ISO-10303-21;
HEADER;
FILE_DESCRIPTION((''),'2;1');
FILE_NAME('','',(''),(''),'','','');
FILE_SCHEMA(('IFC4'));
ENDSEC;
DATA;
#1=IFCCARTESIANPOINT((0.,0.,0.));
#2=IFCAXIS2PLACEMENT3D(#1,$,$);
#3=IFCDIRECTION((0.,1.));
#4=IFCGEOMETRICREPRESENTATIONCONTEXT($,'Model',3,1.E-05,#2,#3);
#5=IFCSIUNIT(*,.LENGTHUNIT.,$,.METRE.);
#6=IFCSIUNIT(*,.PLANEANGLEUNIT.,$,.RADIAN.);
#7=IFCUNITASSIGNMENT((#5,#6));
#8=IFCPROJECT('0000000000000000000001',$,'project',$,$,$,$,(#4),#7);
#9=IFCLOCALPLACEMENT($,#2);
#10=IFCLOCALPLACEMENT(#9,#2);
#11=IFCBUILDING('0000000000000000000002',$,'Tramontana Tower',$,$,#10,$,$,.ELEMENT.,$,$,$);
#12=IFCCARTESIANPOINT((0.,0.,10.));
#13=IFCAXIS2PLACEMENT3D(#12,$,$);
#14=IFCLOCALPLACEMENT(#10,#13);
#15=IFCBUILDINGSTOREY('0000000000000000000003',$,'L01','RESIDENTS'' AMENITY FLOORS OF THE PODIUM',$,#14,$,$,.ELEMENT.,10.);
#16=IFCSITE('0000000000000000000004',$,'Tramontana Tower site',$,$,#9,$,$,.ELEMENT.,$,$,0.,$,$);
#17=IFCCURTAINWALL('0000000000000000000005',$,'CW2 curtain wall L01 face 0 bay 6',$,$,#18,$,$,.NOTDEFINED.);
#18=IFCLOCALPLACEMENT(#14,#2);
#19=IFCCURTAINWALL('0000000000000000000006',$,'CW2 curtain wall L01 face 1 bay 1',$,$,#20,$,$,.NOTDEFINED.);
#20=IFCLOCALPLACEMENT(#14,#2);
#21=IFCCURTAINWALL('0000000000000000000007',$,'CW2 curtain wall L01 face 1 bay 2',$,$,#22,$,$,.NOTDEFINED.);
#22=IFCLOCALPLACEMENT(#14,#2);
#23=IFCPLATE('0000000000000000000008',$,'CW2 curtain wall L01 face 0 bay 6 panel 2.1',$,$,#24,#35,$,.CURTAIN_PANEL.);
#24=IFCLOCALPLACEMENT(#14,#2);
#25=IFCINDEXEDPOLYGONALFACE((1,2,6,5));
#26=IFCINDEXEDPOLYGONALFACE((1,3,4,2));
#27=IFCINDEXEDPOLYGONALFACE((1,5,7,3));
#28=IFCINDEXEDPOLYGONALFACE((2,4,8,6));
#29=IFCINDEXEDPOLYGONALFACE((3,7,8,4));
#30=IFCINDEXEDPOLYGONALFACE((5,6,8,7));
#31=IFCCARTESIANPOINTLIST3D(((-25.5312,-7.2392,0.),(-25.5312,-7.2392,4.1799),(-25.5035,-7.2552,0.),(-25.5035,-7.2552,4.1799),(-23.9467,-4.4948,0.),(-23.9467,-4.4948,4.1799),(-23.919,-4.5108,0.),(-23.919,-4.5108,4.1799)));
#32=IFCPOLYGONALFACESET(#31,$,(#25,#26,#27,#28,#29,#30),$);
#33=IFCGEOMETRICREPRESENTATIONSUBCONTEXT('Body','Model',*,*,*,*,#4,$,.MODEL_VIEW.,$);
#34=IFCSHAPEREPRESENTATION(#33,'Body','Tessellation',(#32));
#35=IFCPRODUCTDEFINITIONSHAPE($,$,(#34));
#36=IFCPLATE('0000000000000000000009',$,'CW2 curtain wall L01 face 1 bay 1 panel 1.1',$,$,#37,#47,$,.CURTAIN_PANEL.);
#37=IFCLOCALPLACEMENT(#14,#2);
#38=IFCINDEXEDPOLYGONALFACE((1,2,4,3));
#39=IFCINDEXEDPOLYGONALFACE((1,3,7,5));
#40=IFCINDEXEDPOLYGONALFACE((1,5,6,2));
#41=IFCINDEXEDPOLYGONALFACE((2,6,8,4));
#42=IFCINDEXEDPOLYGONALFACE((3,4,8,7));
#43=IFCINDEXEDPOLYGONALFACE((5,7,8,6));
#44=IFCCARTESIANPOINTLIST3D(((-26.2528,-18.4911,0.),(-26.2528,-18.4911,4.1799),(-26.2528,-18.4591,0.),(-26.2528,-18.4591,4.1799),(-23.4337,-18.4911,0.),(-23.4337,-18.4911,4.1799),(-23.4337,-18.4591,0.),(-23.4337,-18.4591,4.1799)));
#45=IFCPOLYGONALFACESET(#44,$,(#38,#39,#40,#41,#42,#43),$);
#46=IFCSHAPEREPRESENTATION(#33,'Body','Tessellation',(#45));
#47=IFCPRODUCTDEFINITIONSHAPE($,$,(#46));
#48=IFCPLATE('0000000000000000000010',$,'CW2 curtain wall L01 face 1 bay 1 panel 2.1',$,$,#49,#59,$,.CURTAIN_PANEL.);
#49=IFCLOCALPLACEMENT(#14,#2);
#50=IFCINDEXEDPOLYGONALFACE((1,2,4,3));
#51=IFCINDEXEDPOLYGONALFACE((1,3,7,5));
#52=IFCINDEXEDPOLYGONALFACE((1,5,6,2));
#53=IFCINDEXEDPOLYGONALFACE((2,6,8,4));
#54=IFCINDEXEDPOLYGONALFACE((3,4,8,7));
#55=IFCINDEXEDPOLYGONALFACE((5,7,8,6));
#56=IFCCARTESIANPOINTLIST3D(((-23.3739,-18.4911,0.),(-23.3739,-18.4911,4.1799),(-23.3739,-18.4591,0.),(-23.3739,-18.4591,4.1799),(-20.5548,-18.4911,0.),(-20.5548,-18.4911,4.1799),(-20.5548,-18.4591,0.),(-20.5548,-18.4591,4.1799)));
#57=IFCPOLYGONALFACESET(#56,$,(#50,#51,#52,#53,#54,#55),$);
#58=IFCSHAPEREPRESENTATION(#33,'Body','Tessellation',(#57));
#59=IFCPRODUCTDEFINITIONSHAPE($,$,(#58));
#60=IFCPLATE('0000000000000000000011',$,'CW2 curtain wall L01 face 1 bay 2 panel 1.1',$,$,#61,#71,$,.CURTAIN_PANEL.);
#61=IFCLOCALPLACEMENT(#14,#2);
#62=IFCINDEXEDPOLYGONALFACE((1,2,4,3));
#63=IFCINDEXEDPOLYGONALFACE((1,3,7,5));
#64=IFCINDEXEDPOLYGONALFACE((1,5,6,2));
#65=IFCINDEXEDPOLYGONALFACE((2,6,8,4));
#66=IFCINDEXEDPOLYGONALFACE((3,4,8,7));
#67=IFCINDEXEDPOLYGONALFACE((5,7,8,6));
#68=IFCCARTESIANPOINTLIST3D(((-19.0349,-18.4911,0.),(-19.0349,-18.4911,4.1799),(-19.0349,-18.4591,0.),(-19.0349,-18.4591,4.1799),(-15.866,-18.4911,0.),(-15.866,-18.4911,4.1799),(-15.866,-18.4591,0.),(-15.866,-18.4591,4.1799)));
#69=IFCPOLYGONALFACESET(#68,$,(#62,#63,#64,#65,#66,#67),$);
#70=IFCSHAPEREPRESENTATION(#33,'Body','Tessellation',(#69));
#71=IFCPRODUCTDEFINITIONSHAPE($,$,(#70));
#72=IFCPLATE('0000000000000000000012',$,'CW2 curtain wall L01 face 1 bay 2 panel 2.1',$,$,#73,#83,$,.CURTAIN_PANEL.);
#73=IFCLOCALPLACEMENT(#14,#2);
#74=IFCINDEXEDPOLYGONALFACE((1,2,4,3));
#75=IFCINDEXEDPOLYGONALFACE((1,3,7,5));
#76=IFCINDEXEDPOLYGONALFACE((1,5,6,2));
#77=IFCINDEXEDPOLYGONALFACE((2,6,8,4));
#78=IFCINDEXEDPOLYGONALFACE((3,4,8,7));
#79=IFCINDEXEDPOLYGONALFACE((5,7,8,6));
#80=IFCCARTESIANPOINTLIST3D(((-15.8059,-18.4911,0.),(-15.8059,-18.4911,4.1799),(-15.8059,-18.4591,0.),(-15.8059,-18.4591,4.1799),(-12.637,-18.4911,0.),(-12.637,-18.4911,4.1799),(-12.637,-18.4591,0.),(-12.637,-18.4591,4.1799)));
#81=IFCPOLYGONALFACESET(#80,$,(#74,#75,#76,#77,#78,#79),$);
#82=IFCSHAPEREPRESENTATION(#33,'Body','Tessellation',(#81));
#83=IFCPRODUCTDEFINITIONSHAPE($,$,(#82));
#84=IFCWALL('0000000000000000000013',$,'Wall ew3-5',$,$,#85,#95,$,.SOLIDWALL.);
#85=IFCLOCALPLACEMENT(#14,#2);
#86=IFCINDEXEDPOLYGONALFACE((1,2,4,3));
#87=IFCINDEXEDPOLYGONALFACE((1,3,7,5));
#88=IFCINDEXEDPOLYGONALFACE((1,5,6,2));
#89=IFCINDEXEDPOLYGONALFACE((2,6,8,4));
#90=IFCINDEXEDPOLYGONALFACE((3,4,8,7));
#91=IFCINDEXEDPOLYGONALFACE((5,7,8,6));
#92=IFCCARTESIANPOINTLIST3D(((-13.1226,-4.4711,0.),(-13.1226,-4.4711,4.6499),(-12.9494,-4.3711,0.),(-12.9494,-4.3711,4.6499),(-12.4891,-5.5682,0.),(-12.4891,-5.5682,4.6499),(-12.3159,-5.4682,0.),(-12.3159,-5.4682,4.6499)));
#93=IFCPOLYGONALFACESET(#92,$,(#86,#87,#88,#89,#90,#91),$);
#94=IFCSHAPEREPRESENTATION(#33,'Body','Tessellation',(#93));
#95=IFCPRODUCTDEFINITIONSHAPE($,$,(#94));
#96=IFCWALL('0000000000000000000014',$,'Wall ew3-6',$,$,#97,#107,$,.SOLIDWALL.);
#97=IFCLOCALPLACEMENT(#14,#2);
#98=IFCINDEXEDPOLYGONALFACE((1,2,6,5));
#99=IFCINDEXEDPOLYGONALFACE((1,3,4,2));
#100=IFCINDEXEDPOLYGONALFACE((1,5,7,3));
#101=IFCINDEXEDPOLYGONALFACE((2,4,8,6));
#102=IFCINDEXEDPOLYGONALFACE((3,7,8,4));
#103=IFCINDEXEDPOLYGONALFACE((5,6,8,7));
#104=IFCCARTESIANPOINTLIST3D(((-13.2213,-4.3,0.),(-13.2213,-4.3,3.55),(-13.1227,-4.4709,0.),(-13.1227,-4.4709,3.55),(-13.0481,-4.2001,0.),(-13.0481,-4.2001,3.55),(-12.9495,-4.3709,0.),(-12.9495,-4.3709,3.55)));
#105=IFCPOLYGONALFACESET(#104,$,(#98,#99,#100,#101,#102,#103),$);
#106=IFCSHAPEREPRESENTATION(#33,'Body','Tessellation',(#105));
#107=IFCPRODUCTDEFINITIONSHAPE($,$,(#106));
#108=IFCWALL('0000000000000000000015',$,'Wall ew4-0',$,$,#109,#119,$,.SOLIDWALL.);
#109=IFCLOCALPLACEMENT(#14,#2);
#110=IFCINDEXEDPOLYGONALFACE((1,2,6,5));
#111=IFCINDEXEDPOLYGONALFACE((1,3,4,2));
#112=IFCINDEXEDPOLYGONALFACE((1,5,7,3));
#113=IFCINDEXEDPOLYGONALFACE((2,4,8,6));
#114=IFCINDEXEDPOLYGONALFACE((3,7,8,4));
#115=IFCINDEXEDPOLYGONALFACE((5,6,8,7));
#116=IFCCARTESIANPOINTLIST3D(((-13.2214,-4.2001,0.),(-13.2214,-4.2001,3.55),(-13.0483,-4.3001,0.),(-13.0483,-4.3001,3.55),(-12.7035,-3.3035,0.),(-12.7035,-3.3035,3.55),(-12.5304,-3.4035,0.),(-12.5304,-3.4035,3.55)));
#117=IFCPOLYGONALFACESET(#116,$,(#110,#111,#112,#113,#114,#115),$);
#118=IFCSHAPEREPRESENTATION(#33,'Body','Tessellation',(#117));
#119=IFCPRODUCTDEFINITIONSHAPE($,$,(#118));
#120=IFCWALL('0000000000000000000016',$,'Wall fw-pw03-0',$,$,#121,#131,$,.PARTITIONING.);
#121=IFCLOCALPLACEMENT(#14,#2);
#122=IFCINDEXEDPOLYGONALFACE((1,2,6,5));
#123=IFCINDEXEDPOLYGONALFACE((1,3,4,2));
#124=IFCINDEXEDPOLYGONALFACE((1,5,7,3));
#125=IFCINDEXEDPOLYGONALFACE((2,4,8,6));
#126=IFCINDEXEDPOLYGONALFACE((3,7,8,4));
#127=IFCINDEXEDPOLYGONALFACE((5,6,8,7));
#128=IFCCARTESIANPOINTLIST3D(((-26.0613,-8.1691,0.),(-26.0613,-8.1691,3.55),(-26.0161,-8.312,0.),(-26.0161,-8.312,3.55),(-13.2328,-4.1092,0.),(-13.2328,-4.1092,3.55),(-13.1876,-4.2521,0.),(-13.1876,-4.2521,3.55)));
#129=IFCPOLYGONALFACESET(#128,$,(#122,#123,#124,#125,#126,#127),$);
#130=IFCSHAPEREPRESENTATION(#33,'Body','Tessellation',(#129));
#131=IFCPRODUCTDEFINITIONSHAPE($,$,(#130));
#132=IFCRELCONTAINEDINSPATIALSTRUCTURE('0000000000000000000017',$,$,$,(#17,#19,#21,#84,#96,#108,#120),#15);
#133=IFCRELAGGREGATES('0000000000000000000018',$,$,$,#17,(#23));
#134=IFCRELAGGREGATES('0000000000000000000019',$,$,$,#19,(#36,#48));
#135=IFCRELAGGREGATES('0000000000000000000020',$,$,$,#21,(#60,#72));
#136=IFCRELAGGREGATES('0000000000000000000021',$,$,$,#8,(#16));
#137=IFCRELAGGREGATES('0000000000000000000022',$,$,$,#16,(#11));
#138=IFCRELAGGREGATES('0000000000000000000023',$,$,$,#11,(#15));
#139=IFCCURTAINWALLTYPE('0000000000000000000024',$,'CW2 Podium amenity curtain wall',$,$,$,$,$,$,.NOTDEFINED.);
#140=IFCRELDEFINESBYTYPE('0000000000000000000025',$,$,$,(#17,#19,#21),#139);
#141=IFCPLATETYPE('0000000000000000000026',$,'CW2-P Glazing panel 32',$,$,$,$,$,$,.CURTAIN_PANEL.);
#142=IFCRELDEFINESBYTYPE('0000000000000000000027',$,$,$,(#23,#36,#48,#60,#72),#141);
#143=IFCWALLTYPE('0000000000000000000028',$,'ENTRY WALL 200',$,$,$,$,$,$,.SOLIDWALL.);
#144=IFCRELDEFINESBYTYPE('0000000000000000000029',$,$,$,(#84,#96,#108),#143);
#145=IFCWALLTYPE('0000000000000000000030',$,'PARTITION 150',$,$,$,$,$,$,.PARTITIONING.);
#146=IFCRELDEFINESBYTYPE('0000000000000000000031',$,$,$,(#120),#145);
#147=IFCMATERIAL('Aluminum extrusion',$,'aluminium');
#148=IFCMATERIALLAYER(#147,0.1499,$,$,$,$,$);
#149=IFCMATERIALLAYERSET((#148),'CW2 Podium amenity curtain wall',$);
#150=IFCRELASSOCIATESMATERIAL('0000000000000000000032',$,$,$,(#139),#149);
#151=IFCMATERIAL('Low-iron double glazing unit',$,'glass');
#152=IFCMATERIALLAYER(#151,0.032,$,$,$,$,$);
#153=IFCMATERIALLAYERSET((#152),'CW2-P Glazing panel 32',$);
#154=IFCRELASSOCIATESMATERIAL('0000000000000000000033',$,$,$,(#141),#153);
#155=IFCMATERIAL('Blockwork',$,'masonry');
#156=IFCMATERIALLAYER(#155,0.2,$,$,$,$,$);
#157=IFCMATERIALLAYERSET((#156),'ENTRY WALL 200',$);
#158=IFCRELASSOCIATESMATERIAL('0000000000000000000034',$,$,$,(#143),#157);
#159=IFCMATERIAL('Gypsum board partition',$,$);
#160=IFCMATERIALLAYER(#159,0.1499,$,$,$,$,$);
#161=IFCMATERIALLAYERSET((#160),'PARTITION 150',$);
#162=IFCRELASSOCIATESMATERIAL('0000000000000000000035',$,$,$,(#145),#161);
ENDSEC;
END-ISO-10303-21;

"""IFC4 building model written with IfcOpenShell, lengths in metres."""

from ifc_helpers import new_model, si_unit, direction, frame, frame_2d, origin, origin_2d, place, context, subcontext, project, spatial, rectangle, extrude, material, layer, layer_set, type_object, element, aggregate, save


model = new_model("IFC4")

# Units and contexts
model_context = context("Model", 3, precision=1e-05, world=origin(), true_north=direction((0.0, 1.0)))
body_context = subcontext(model_context, "Body", "Model", "MODEL_VIEW")
ifc_project = project(units=[si_unit("LENGTHUNIT", "METRE"), si_unit("PLANEANGLEUNIT", "RADIAN")], contexts=[model_context])

# Site, building, storey
site_placement = place(None, origin())
site = spatial("IfcSite", under=ifc_project, at=site_placement, Name="Tramontana Tower site", CompositionType="ELEMENT", RefElevation=0.0)
building_placement = place(site_placement, origin())
building = spatial("IfcBuilding", under=site, at=building_placement, Name="Tramontana Tower", CompositionType="ELEMENT")
storey_placement = place(building_placement, frame((0.0, 0.0, 10.0)))
storey = spatial("IfcBuildingStorey", under=building, at=storey_placement, Name="L01", Description="RESIDENTS' AMENITY FLOORS OF THE PODIUM", CompositionType="ELEMENT", Elevation=10.0)

# Curtain wall
ifc_material_1 = material(Name="Aluminum extrusion", Category="aluminium")
ifc_layer_1 = layer(ifc_material_1, 0.1499)
ifc_layer_set_1 = layer_set([ifc_layer_1], Name="CW2 Podium amenity curtain wall")
curtain_wall_type = type_object("IfcCurtainWallType", Name="CW2 Podium amenity curtain wall", PredefinedType="NOTDEFINED", material=ifc_layer_set_1)
curtain_wall_1_placement = place(storey_placement, origin())
curtain_wall_1 = element("IfcCurtainWall", 1, at=curtain_wall_1_placement, inside=storey, type_object=curtain_wall_type, Name="CW2 curtain wall L01 face 0 bay 6", PredefinedType="NOTDEFINED")

# Curtain walls
curtain_wall_2_placement = place(storey_placement, origin())
curtain_wall_2 = element("IfcCurtainWall", 2, at=curtain_wall_2_placement, inside=storey, type_object=curtain_wall_type, Name="CW2 curtain wall L01 face 1 bay 1", PredefinedType="NOTDEFINED")
curtain_wall_3_placement = place(storey_placement, origin())
curtain_wall_3 = element("IfcCurtainWall", 3, at=curtain_wall_3_placement, inside=storey, type_object=curtain_wall_type, Name="CW2 curtain wall L01 face 1 bay 2", PredefinedType="NOTDEFINED")

# Plates
ifc_material_2 = material(Name="Low-iron double glazing unit", Category="glass")
ifc_layer_2 = layer(ifc_material_2, 0.032)
ifc_layer_set_2 = layer_set([ifc_layer_2], Name="CW2-P Glazing panel 32")
plate_type = type_object("IfcPlateType", Name="CW2-P Glazing panel 32", PredefinedType="CURTAIN_PANEL", material=ifc_layer_set_2)
plate_1_placement = place(storey_placement, frame((-24.7251, -5.875, 0.0), z_axis=(0.0, 0.0, 1.0), x_axis=(-0.5, -0.866025, 0.0)))
plate_1 = element("IfcPlate", 4, at=plate_1_placement, type_object=plate_type, Name="CW2 curtain wall L01 face 0 bay 6 panel 2.1", PredefinedType="CURTAIN_PANEL", context=body_context, shape_type="SweptSolid", body=[
    extrude(rectangle(XDim=3.1689, YDim=0.032, at=origin_2d()), origin(), (0.0, 0.0, 1.0), 4.1799),
])
aggregate(curtain_wall_1, [plate_1])
plate_2_placement = place(storey_placement, frame((-24.8433, -18.4751, 0.0), z_axis=(0.0, 0.0, 1.0), x_axis=(1.0, 0.0, 0.0)))
plate_2 = element("IfcPlate", 5, at=plate_2_placement, type_object=plate_type, Name="CW2 curtain wall L01 face 1 bay 1 panel 1.1", PredefinedType="CURTAIN_PANEL", context=body_context, shape_type="SweptSolid", body=[
    extrude(rectangle(XDim=2.8191, YDim=0.032, at=origin_2d()), origin(), (0.0, 0.0, 1.0), 4.1799),
])
plate_3_placement = place(storey_placement, frame((-21.9644, -18.4751, 0.0), z_axis=(0.0, 0.0, 1.0), x_axis=(1.0, 0.0, 0.0)))
plate_3 = element("IfcPlate", 6, at=plate_3_placement, type_object=plate_type, Name="CW2 curtain wall L01 face 1 bay 1 panel 2.1", PredefinedType="CURTAIN_PANEL", context=body_context, shape_type="SweptSolid", body=[
    extrude(rectangle(XDim=2.8191, YDim=0.032, at=origin_2d()), origin(), (0.0, 0.0, 1.0), 4.1799),
])
aggregate(curtain_wall_2, [plate_2, plate_3])
plate_4_placement = place(storey_placement, frame((-17.4504, -18.4751, 0.0), z_axis=(0.0, 0.0, 1.0), x_axis=(1.0, 0.0, 0.0)))
plate_4 = element("IfcPlate", 7, at=plate_4_placement, type_object=plate_type, Name="CW2 curtain wall L01 face 1 bay 2 panel 1.1", PredefinedType="CURTAIN_PANEL", context=body_context, shape_type="SweptSolid", body=[
    extrude(rectangle(XDim=3.1689, YDim=0.032, at=origin_2d()), origin(), (0.0, 0.0, 1.0), 4.1799),
])
plate_5_placement = place(storey_placement, frame((-14.2214, -18.4751, 0.0), z_axis=(0.0, 0.0, 1.0), x_axis=(1.0, 0.0, 0.0)))
plate_5 = element("IfcPlate", 8, at=plate_5_placement, type_object=plate_type, Name="CW2 curtain wall L01 face 1 bay 2 panel 2.1", PredefinedType="CURTAIN_PANEL", context=body_context, shape_type="SweptSolid", body=[
    extrude(rectangle(XDim=3.1689, YDim=0.032, at=origin_2d()), origin(), (0.0, 0.0, 1.0), 4.1799),
])
aggregate(curtain_wall_3, [plate_4, plate_5])

# Walls
ifc_material_3 = material(Name="Blockwork", Category="masonry")
ifc_layer_3 = layer(ifc_material_3, 0.2)
ifc_layer_set_3 = layer_set([ifc_layer_3], Name="ENTRY WALL 200")
wall_type_1 = type_object("IfcWallType", Name="ENTRY WALL 200", PredefinedType="SOLIDWALL", material=ifc_layer_set_3)
wall_1_placement = place(storey_placement, frame((-12.4026, -5.5181, 0.0), z_axis=(0.0, 0.0, 1.0), x_axis=(-0.500056, 0.865993, 0.0)))
element("IfcWall", 9, at=wall_1_placement, inside=storey, type_object=wall_type_1, Name="Wall ew3-5", PredefinedType="SOLIDWALL", context=body_context, shape_type="SweptSolid", body=[
    extrude(rectangle(XDim=1.2668, YDim=0.2, at=frame_2d((0.6333, 0.0))), origin(), (0.0, 0.0, 1.0), 4.6499),
])
wall_2_placement = place(storey_placement, frame((-13.0361, -4.4209, 0.0), z_axis=(0.0, 0.0, 1.0), x_axis=(-0.499865, 0.866103, 0.0)))
element("IfcWall", 10, at=wall_2_placement, inside=storey, type_object=wall_type_1, Name="Wall ew3-6", PredefinedType="SOLIDWALL", context=body_context, shape_type="SweptSolid", body=[
    extrude(rectangle(XDim=0.1973, YDim=0.2, at=frame_2d((0.0986, 0.0))), origin(), (0.0, 0.0, 1.0), 3.55),
])
wall_3_placement = place(storey_placement, frame((-13.1348, -4.25, 0.0), z_axis=(0.0, 0.0, 1.0), x_axis=(0.500172, 0.865926, 0.0)))
element("IfcWall", 11, at=wall_3_placement, inside=storey, type_object=wall_type_1, Name="Wall ew4-0", PredefinedType="SOLIDWALL", context=body_context, shape_type="SweptSolid", body=[
    extrude(rectangle(XDim=1.0354, YDim=0.2, at=frame_2d((0.5176, 0.0))), origin(), (0.0, 0.0, 1.0), 3.55),
])

# Wall
ifc_material_4 = material(Name="Gypsum board partition")
ifc_layer_4 = layer(ifc_material_4, 0.1499)
ifc_layer_set_4 = layer_set([ifc_layer_4], Name="PARTITION 150")
wall_type_2 = type_object("IfcWallType", Name="PARTITION 150", PredefinedType="PARTITIONING", material=ifc_layer_set_4)
wall_4_placement = place(storey_placement, frame((-13.2102, -4.1807, 0.0), z_axis=(0.0, 0.0, 1.0), x_axis=(-0.953396, -0.301723, 0.0)))
element("IfcWall", 12, at=wall_4_placement, inside=storey, type_object=wall_type_2, Name="Wall fw-pw03-0", PredefinedType="PARTITIONING", context=body_context, shape_type="SweptSolid", body=[
    extrude(rectangle(XDim=13.4556, YDim=0.1499, at=frame_2d((6.7278, 0.0))), origin(), (0.0, 0.0, 1.0), 3.55),
])

save(model, "model.ifc")
